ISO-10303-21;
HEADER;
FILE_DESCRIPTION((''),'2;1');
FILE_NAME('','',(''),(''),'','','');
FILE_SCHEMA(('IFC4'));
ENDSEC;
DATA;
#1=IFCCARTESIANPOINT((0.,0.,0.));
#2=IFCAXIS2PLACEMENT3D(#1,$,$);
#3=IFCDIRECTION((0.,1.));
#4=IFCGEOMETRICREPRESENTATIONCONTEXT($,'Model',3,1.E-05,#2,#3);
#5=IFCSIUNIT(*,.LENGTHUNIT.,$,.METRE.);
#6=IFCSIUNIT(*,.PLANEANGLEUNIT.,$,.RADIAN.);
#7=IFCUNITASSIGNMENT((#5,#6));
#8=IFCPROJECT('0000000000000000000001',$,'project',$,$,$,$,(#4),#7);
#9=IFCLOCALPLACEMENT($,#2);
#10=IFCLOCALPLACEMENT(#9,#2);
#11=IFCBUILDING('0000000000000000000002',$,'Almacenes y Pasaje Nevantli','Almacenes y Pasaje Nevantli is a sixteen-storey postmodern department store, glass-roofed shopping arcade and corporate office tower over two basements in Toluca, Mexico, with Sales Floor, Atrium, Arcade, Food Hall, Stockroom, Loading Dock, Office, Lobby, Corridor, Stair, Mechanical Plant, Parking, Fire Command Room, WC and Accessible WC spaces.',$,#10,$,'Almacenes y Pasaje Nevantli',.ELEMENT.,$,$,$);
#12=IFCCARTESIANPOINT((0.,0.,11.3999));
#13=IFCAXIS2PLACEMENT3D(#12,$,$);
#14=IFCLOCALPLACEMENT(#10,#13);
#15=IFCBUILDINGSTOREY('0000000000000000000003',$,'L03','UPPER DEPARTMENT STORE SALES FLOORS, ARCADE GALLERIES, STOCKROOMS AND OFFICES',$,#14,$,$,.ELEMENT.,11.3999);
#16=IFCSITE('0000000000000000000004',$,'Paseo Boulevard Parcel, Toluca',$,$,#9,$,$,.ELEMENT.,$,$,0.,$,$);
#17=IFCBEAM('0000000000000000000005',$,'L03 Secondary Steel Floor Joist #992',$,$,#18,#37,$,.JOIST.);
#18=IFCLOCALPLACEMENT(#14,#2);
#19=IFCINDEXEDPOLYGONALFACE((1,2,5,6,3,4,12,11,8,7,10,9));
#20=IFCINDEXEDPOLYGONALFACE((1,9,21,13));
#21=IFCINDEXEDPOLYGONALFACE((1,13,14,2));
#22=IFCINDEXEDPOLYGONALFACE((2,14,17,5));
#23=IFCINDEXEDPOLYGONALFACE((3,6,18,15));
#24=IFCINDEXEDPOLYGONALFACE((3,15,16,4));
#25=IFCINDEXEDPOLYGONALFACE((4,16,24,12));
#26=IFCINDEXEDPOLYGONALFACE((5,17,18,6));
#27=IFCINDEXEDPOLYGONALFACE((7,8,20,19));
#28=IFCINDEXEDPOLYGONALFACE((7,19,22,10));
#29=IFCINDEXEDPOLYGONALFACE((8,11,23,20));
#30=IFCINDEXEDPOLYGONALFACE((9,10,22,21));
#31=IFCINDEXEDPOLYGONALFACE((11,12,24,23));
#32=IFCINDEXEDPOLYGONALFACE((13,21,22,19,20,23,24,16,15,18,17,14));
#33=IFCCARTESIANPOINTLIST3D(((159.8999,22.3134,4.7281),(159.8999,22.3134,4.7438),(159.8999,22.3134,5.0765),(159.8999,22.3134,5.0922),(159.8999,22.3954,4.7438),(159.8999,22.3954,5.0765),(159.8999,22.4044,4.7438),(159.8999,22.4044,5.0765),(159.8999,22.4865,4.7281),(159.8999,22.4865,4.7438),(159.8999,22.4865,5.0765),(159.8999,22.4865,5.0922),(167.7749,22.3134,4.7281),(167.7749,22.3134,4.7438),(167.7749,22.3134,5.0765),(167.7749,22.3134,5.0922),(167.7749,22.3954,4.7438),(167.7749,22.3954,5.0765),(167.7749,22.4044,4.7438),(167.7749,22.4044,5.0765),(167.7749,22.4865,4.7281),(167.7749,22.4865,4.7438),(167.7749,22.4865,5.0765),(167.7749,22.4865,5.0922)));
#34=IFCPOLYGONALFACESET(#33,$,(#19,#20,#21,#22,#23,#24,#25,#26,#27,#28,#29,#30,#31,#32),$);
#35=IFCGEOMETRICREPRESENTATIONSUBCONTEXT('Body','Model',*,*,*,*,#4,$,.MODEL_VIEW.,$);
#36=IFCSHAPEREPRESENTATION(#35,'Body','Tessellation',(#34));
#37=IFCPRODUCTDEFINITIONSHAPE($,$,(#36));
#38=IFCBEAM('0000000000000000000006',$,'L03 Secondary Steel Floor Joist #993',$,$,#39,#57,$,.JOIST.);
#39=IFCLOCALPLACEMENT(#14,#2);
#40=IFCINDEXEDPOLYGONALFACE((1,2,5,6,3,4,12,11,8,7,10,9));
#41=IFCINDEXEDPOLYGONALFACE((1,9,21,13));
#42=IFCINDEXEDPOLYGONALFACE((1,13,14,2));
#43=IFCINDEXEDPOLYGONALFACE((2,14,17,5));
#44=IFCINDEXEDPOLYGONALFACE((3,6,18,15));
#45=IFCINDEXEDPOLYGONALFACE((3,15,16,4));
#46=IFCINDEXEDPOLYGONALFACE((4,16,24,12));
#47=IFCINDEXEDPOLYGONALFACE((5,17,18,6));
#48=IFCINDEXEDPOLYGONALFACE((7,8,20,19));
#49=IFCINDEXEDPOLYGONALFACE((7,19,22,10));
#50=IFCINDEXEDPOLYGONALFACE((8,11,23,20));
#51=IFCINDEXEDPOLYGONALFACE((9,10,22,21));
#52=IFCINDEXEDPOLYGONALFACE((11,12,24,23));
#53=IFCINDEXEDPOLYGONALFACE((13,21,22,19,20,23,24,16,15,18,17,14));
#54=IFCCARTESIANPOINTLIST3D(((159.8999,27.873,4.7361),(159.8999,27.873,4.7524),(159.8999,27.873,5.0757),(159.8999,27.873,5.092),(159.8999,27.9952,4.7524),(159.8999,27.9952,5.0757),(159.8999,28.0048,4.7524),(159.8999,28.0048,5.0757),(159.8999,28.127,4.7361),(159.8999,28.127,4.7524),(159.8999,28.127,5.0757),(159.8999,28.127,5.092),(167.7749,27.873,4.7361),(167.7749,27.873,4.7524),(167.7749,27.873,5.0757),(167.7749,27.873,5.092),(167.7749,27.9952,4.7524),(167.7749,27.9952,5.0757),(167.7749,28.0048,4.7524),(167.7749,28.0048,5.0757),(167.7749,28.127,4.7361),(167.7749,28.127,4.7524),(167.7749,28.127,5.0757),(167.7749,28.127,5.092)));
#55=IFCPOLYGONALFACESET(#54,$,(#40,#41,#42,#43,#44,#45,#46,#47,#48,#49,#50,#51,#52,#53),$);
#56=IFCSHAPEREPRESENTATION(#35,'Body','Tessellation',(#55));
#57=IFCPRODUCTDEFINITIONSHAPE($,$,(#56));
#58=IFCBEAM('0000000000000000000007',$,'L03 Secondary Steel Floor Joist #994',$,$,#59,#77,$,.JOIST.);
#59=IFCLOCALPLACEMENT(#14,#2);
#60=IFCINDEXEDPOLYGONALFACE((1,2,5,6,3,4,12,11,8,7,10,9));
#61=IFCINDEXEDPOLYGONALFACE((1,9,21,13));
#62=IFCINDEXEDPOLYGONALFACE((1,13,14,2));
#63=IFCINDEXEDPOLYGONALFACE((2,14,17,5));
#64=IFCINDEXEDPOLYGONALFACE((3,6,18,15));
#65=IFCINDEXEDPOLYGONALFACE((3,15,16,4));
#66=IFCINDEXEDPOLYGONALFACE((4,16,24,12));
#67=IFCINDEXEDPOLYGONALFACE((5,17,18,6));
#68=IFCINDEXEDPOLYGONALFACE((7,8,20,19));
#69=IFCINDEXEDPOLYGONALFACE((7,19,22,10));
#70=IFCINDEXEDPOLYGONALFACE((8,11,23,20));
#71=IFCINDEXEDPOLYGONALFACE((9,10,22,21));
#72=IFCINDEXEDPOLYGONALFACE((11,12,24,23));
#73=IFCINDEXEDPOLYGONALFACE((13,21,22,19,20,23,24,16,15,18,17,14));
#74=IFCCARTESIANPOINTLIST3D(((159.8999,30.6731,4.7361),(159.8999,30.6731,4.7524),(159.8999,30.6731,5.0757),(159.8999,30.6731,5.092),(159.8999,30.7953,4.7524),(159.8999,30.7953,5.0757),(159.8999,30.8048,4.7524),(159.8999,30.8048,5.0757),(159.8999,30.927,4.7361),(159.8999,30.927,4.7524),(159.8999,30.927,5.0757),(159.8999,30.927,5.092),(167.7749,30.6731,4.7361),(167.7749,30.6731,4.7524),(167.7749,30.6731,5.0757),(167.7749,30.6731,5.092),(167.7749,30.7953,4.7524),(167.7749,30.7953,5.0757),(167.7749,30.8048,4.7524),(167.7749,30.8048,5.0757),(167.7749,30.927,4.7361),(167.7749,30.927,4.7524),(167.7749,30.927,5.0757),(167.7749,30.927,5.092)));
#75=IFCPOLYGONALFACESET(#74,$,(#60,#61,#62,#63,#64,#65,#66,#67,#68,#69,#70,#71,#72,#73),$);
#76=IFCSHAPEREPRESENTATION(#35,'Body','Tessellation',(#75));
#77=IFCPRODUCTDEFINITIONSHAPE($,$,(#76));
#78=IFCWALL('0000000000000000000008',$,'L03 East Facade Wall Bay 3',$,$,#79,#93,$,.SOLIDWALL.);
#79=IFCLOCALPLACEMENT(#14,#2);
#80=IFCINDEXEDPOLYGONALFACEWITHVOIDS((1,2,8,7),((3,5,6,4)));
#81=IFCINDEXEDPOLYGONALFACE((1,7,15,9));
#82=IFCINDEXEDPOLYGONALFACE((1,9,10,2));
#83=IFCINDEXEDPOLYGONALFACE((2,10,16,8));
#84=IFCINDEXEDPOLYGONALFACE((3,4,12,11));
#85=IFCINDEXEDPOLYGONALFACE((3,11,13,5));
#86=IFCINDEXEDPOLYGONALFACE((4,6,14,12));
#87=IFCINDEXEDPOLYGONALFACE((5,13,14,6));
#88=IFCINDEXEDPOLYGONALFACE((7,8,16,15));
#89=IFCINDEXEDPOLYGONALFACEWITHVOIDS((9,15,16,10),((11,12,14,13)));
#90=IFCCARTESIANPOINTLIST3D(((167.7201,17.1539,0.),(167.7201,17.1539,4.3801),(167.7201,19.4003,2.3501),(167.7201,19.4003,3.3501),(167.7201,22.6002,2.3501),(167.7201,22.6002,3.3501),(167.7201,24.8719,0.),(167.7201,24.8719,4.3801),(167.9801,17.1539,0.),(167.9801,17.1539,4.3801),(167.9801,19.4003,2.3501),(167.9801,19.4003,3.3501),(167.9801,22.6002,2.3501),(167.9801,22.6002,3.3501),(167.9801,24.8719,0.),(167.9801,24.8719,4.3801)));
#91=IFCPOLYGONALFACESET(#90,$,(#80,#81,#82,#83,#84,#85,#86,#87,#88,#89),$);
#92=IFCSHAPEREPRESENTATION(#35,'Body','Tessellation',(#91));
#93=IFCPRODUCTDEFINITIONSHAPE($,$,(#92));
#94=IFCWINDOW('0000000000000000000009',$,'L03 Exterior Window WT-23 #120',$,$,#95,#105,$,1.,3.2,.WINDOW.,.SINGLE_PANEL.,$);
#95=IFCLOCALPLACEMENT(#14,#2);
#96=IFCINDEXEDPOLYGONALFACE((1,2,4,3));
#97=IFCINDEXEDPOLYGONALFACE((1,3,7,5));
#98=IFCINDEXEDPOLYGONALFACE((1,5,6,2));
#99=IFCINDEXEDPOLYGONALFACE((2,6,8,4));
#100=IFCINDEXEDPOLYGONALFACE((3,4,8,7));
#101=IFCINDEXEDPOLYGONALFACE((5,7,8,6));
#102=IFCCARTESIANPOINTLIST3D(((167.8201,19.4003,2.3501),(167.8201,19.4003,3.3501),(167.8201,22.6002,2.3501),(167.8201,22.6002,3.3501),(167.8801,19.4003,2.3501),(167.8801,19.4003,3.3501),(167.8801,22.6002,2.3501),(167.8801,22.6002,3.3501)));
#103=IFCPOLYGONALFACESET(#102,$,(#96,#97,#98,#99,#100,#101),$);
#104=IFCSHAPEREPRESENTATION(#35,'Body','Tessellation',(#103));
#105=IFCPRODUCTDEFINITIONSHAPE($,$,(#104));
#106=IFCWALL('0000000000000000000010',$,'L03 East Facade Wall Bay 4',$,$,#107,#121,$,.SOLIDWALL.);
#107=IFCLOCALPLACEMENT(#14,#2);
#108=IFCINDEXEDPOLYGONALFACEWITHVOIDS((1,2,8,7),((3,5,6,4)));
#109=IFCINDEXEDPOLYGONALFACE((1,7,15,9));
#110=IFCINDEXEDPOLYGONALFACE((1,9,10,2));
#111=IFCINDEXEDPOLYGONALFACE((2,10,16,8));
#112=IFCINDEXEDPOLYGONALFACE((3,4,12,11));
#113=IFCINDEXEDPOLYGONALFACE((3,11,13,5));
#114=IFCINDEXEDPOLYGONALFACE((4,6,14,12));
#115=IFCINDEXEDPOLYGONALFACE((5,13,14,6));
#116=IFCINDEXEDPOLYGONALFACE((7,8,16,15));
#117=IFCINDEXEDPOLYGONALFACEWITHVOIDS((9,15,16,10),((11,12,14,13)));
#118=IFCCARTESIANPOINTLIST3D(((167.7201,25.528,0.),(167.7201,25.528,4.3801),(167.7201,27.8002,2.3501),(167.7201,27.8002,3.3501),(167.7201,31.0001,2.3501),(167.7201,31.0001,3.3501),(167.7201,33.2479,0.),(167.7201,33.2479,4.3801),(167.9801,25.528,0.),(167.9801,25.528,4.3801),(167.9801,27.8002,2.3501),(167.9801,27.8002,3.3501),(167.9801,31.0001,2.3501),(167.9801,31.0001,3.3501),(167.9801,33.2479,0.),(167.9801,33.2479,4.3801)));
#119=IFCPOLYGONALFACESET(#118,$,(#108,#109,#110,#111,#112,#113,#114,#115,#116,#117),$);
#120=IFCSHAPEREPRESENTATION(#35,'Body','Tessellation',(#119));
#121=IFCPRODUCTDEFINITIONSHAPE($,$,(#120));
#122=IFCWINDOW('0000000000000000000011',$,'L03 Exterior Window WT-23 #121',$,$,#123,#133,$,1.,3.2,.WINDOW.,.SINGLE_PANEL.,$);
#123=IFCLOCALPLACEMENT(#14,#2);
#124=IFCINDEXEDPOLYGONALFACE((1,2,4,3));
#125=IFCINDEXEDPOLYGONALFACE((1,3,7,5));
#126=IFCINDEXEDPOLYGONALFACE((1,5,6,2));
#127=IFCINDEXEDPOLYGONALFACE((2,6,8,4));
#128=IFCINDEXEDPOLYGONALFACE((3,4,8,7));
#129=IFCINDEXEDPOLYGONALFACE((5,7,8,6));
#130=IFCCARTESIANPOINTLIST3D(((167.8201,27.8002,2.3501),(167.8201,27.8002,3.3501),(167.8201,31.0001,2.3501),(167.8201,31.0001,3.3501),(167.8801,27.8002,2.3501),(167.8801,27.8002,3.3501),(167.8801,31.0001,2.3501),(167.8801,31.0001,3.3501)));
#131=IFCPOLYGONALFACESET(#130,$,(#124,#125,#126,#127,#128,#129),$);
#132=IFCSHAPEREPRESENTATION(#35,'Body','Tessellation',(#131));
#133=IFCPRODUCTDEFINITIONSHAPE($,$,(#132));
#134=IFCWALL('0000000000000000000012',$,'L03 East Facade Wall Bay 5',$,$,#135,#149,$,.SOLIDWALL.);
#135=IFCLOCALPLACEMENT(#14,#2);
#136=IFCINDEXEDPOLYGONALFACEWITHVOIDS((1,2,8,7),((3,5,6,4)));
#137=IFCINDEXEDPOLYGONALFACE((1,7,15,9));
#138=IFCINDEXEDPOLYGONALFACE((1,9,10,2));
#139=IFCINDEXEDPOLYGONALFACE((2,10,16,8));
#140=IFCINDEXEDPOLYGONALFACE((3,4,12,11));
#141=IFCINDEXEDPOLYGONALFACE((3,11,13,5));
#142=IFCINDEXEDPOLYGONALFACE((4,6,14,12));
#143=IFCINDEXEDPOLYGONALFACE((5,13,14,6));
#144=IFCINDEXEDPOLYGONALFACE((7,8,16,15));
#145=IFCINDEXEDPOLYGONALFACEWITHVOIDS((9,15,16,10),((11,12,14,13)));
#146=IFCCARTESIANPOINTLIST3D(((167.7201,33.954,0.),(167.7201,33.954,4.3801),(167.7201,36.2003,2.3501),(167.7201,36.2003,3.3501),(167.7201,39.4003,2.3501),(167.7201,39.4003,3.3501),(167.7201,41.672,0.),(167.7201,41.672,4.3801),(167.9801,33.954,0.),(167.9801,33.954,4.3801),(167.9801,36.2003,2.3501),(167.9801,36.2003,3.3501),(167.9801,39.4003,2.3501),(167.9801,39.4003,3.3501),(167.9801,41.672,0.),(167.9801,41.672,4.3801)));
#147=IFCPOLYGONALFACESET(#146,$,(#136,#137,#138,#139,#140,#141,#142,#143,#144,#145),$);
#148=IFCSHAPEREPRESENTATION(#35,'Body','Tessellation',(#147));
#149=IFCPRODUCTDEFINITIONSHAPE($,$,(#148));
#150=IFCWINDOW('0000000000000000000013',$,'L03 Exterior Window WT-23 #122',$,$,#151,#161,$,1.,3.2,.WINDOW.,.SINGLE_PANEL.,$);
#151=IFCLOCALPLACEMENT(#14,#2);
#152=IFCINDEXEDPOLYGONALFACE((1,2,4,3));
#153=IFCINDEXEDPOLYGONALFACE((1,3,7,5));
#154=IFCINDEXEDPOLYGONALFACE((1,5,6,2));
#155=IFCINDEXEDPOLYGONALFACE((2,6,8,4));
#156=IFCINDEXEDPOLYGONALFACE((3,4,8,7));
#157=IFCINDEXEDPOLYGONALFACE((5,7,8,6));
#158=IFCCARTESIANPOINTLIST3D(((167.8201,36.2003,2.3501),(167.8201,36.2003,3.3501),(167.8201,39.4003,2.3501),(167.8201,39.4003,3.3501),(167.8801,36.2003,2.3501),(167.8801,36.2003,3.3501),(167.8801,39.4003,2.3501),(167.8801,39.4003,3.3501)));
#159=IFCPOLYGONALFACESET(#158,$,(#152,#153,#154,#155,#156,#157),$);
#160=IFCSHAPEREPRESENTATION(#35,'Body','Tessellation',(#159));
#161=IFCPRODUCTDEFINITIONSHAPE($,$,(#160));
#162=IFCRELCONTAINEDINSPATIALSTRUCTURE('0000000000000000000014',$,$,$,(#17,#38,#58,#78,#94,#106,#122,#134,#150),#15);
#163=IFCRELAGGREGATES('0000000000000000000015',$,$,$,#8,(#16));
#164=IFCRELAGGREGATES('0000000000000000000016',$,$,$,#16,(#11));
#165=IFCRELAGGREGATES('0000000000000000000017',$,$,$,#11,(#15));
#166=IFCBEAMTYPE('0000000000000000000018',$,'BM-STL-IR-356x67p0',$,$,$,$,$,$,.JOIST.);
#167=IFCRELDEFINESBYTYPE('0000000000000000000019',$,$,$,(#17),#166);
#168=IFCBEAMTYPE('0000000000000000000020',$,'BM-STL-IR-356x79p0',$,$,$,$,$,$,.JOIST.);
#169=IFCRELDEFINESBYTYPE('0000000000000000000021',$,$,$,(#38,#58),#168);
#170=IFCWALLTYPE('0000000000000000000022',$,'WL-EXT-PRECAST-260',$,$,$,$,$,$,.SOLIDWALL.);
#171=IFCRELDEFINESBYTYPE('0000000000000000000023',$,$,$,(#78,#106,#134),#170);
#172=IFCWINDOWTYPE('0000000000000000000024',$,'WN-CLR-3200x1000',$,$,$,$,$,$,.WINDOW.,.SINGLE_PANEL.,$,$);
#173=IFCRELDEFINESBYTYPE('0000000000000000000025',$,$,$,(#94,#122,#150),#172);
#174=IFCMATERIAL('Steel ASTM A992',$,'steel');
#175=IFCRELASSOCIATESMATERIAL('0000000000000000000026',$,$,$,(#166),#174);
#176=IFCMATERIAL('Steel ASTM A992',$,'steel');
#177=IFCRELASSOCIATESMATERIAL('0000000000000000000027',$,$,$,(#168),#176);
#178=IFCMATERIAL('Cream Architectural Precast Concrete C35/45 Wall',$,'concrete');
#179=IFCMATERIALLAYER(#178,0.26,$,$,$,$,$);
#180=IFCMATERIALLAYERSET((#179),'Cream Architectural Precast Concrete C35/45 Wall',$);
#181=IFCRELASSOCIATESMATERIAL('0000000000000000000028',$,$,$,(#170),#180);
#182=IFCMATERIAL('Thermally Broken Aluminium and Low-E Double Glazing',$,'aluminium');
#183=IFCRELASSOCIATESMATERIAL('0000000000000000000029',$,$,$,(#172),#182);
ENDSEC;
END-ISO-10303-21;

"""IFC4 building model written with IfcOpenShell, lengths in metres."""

from ifc_helpers import new_model, si_unit, direction, frame, frame_2d, origin, origin_2d, place, context, subcontext, project, spatial, rectangle, i_section, extrude, material, layer, layer_set, material_profile, profile_set, type_object, element, fill, save


model = new_model("IFC4")

# Units and contexts
model_context = context("Model", 3, precision=1e-05, world=origin(), true_north=direction((0.0, 1.0)))
body_context = subcontext(model_context, "Body", "Model", "MODEL_VIEW")
ifc_project = project(units=[si_unit("LENGTHUNIT", "METRE"), si_unit("PLANEANGLEUNIT", "RADIAN")], contexts=[model_context])

# Site, building, storey
site_placement = place(None, origin())
site = spatial("IfcSite", under=ifc_project, at=site_placement, Name="Paseo Boulevard Parcel, Toluca", CompositionType="ELEMENT", RefElevation=0.0)
building_placement = place(site_placement, origin())
building = spatial("IfcBuilding", under=site, at=building_placement, Name="Almacenes y Pasaje Nevantli", Description="Almacenes y Pasaje Nevantli is a sixteen-storey postmodern department store, glass-roofed shopping arcade and corporate office tower over two basements in Toluca, Mexico, with Sales Floor, Atrium, Arcade, Food Hall, Stockroom, Loading Dock, Office, Lobby, Corridor, Stair, Mechanical Plant, Parking, Fire Command Room, WC and Accessible WC spaces.", LongName="Almacenes y Pasaje Nevantli", CompositionType="ELEMENT")
storey_placement = place(building_placement, frame((0.0, 0.0, 11.3999)))
storey = spatial("IfcBuildingStorey", under=building, at=storey_placement, Name="L03", Description="UPPER DEPARTMENT STORE SALES FLOORS, ARCADE GALLERIES, STOCKROOMS AND OFFICES", CompositionType="ELEMENT", Elevation=11.3999)

# Beams
ifc_material_1 = material(Name="Steel ASTM A992", Category="steel")
ifc_material_profile_1 = material_profile(ifc_material_1, i_section(OverallWidth=0.1731, OverallDepth=0.364, WebThickness=0.009, FlangeThickness=0.0156, at=origin_2d()), Name="IR 356x67.0")
ifc_profile_set_1 = profile_set([ifc_material_profile_1], Name="Steel ASTM A992")
beam_type_1 = type_object("IfcBeamType", Name="BM-STL-IR-356x67p0", PredefinedType="JOIST", material=ifc_profile_set_1)
for number, where, z_axis, x_axis, name in (
    (1, (159.8999, 22.3999, 4.9102), (1.0, 0.0, 0.0), (0.0, 1.0, 0.0), "L03 Secondary Steel Floor Joist #992"),
):
    element("IfcBeam", number, at=place(storey_placement, frame(where, z_axis=z_axis, x_axis=x_axis)), inside=storey, type_object=beam_type_1, Name=name, PredefinedType="JOIST", context=body_context, shape_type="SweptSolid", body=[
        extrude(i_section(OverallWidth=0.1731, OverallDepth=0.364, WebThickness=0.009, FlangeThickness=0.0156, at=origin_2d()), origin(), (0.0, 0.0, 1.0), 7.875),
    ])
ifc_material_2 = material(Name="Steel ASTM A992", Category="steel")
ifc_material_profile_2 = material_profile(ifc_material_2, i_section(OverallWidth=0.2539, OverallDepth=0.356, WebThickness=0.0095, FlangeThickness=0.0164, at=origin_2d()), Name="IR 356x79.0")
ifc_profile_set_2 = profile_set([ifc_material_profile_2], Name="Steel ASTM A992")
beam_type_2 = type_object("IfcBeamType", Name="BM-STL-IR-356x79p0", PredefinedType="JOIST", material=ifc_profile_set_2)
for number, where, z_axis, x_axis, name in (
    (2, (159.8999, 28.0, 4.9141), (1.0, 0.0, 0.0), (0.0, 1.0, 0.0), "L03 Secondary Steel Floor Joist #993"),
    (3, (159.8999, 30.8, 4.9141), (1.0, 0.0, 0.0), (0.0, 1.0, 0.0), "L03 Secondary Steel Floor Joist #994"),
):
    element("IfcBeam", number, at=place(storey_placement, frame(where, z_axis=z_axis, x_axis=x_axis)), inside=storey, type_object=beam_type_2, Name=name, PredefinedType="JOIST", context=body_context, shape_type="SweptSolid", body=[
        extrude(i_section(OverallWidth=0.2539, OverallDepth=0.356, WebThickness=0.0095, FlangeThickness=0.0164, at=origin_2d()), origin(), (0.0, 0.0, 1.0), 7.875),
    ])

# Walls, openings, windows
ifc_material_3 = material(Name="Cream Architectural Precast Concrete C35/45 Wall", Category="concrete")
ifc_layer = layer(ifc_material_3, 0.26)
ifc_layer_set = layer_set([ifc_layer], Name="Cream Architectural Precast Concrete C35/45 Wall")
wall_type = type_object("IfcWallType", Name="WL-EXT-PRECAST-260", PredefinedType="SOLIDWALL", material=ifc_layer_set)
wall_1_placement = place(storey_placement, frame((167.8501, 17.1541, 0.0), z_axis=(0.0, 0.0, 1.0), x_axis=(0.0, 1.0, 0.0)))
wall_1 = element("IfcWall", 4, at=wall_1_placement, inside=storey, type_object=wall_type, Name="L03 East Facade Wall Bay 3", PredefinedType="SOLIDWALL", context=body_context, shape_type="SweptSolid", body=[
    extrude(rectangle(XDim=7.718, YDim=0.26, at=frame_2d((3.8589, 0.0))), origin(), (0.0, 0.0, 1.0), 4.3801),
])
opening_1_placement = place(wall_1_placement, frame((2.2461, 0.0, 2.3501)))
opening_1 = element("IfcOpeningElement", 5, at=opening_1_placement, cuts=wall_1, PredefinedType="OPENING", context=body_context, shape_type="SweptSolid", body=[
    extrude(rectangle(XDim=3.2, YDim=1.0, at=frame_2d((1.6001, 0.5))), frame((0.0, 0.1399, 0.0), z_axis=(0.0, -1.0, 0.0), x_axis=(1.0, 0.0, 0.0)), (0.0, 0.0, 1.0), 0.28),
])
ifc_material_4 = material(Name="Thermally Broken Aluminium and Low-E Double Glazing", Category="aluminium")
window_type = type_object("IfcWindowType", Name="WN-CLR-3200x1000", PartitioningType="SINGLE_PANEL", PredefinedType="WINDOW", material=ifc_material_4)
window_1_placement = place(opening_1_placement, origin())
window_1 = element("IfcWindow", 6, at=window_1_placement, inside=storey, type_object=window_type, Name="L03 Exterior Window WT-23 #120", OverallHeight=1.0, OverallWidth=3.2, PartitioningType="SINGLE_PANEL", PredefinedType="WINDOW", context=body_context, shape_type="SweptSolid", body=[
    extrude(rectangle(XDim=3.2, YDim=1.0, at=frame_2d((1.6001, 0.5))), frame((0.0, 0.03, 0.0), z_axis=(0.0, -1.0, 0.0), x_axis=(1.0, 0.0, 0.0)), (0.0, 0.0, 1.0), 0.0601),
])
fill(opening_1, window_1)
wall_2_placement = place(storey_placement, frame((167.8501, 25.5281, 0.0), z_axis=(0.0, 0.0, 1.0), x_axis=(0.0, 1.0, 0.0)))
wall_2 = element("IfcWall", 7, at=wall_2_placement, inside=storey, type_object=wall_type, Name="L03 East Facade Wall Bay 4", PredefinedType="SOLIDWALL", context=body_context, shape_type="SweptSolid", body=[
    extrude(rectangle(XDim=7.72, YDim=0.26, at=frame_2d((3.8599, 0.0))), origin(), (0.0, 0.0, 1.0), 4.3801),
])
opening_2_placement = place(wall_2_placement, frame((2.272, 0.0, 2.3501)))
opening_2 = element("IfcOpeningElement", 8, at=opening_2_placement, cuts=wall_2, PredefinedType="OPENING", context=body_context, shape_type="SweptSolid", body=[
    extrude(rectangle(XDim=3.2, YDim=1.0, at=frame_2d((1.6001, 0.5))), frame((0.0, 0.1399, 0.0), z_axis=(0.0, -1.0, 0.0), x_axis=(1.0, 0.0, 0.0)), (0.0, 0.0, 1.0), 0.28),
])
window_2_placement = place(opening_2_placement, origin())
window_2 = element("IfcWindow", 9, at=window_2_placement, inside=storey, type_object=window_type, Name="L03 Exterior Window WT-23 #121", OverallHeight=1.0, OverallWidth=3.2, PartitioningType="SINGLE_PANEL", PredefinedType="WINDOW", context=body_context, shape_type="SweptSolid", body=[
    extrude(rectangle(XDim=3.2, YDim=1.0, at=frame_2d((1.6001, 0.5))), frame((0.0, 0.03, 0.0), z_axis=(0.0, -1.0, 0.0), x_axis=(1.0, 0.0, 0.0)), (0.0, 0.0, 1.0), 0.0601),
])
fill(opening_2, window_2)
wall_3_placement = place(storey_placement, frame((167.8501, 33.9541, 0.0), z_axis=(0.0, 0.0, 1.0), x_axis=(0.0, 1.0, 0.0)))
wall_3 = element("IfcWall", 10, at=wall_3_placement, inside=storey, type_object=wall_type, Name="L03 East Facade Wall Bay 5", PredefinedType="SOLIDWALL", context=body_context, shape_type="SweptSolid", body=[
    extrude(rectangle(XDim=7.718, YDim=0.26, at=frame_2d((3.8589, 0.0))), origin(), (0.0, 0.0, 1.0), 4.3801),
])
opening_3_placement = place(wall_3_placement, frame((2.2461, 0.0, 2.3501)))
opening_3 = element("IfcOpeningElement", 11, at=opening_3_placement, cuts=wall_3, PredefinedType="OPENING", context=body_context, shape_type="SweptSolid", body=[
    extrude(rectangle(XDim=3.2, YDim=1.0, at=frame_2d((1.6001, 0.5))), frame((0.0, 0.1399, 0.0), z_axis=(0.0, -1.0, 0.0), x_axis=(1.0, 0.0, 0.0)), (0.0, 0.0, 1.0), 0.28),
])
window_3_placement = place(opening_3_placement, origin())
window_3 = element("IfcWindow", 12, at=window_3_placement, inside=storey, type_object=window_type, Name="L03 Exterior Window WT-23 #122", OverallHeight=1.0, OverallWidth=3.2, PartitioningType="SINGLE_PANEL", PredefinedType="WINDOW", context=body_context, shape_type="SweptSolid", body=[
    extrude(rectangle(XDim=3.2, YDim=1.0, at=frame_2d((1.6001, 0.5))), frame((0.0, 0.03, 0.0), z_axis=(0.0, -1.0, 0.0), x_axis=(1.0, 0.0, 0.0)), (0.0, 0.0, 1.0), 0.0601),
])
fill(opening_3, window_3)

save(model, "model.ifc")
